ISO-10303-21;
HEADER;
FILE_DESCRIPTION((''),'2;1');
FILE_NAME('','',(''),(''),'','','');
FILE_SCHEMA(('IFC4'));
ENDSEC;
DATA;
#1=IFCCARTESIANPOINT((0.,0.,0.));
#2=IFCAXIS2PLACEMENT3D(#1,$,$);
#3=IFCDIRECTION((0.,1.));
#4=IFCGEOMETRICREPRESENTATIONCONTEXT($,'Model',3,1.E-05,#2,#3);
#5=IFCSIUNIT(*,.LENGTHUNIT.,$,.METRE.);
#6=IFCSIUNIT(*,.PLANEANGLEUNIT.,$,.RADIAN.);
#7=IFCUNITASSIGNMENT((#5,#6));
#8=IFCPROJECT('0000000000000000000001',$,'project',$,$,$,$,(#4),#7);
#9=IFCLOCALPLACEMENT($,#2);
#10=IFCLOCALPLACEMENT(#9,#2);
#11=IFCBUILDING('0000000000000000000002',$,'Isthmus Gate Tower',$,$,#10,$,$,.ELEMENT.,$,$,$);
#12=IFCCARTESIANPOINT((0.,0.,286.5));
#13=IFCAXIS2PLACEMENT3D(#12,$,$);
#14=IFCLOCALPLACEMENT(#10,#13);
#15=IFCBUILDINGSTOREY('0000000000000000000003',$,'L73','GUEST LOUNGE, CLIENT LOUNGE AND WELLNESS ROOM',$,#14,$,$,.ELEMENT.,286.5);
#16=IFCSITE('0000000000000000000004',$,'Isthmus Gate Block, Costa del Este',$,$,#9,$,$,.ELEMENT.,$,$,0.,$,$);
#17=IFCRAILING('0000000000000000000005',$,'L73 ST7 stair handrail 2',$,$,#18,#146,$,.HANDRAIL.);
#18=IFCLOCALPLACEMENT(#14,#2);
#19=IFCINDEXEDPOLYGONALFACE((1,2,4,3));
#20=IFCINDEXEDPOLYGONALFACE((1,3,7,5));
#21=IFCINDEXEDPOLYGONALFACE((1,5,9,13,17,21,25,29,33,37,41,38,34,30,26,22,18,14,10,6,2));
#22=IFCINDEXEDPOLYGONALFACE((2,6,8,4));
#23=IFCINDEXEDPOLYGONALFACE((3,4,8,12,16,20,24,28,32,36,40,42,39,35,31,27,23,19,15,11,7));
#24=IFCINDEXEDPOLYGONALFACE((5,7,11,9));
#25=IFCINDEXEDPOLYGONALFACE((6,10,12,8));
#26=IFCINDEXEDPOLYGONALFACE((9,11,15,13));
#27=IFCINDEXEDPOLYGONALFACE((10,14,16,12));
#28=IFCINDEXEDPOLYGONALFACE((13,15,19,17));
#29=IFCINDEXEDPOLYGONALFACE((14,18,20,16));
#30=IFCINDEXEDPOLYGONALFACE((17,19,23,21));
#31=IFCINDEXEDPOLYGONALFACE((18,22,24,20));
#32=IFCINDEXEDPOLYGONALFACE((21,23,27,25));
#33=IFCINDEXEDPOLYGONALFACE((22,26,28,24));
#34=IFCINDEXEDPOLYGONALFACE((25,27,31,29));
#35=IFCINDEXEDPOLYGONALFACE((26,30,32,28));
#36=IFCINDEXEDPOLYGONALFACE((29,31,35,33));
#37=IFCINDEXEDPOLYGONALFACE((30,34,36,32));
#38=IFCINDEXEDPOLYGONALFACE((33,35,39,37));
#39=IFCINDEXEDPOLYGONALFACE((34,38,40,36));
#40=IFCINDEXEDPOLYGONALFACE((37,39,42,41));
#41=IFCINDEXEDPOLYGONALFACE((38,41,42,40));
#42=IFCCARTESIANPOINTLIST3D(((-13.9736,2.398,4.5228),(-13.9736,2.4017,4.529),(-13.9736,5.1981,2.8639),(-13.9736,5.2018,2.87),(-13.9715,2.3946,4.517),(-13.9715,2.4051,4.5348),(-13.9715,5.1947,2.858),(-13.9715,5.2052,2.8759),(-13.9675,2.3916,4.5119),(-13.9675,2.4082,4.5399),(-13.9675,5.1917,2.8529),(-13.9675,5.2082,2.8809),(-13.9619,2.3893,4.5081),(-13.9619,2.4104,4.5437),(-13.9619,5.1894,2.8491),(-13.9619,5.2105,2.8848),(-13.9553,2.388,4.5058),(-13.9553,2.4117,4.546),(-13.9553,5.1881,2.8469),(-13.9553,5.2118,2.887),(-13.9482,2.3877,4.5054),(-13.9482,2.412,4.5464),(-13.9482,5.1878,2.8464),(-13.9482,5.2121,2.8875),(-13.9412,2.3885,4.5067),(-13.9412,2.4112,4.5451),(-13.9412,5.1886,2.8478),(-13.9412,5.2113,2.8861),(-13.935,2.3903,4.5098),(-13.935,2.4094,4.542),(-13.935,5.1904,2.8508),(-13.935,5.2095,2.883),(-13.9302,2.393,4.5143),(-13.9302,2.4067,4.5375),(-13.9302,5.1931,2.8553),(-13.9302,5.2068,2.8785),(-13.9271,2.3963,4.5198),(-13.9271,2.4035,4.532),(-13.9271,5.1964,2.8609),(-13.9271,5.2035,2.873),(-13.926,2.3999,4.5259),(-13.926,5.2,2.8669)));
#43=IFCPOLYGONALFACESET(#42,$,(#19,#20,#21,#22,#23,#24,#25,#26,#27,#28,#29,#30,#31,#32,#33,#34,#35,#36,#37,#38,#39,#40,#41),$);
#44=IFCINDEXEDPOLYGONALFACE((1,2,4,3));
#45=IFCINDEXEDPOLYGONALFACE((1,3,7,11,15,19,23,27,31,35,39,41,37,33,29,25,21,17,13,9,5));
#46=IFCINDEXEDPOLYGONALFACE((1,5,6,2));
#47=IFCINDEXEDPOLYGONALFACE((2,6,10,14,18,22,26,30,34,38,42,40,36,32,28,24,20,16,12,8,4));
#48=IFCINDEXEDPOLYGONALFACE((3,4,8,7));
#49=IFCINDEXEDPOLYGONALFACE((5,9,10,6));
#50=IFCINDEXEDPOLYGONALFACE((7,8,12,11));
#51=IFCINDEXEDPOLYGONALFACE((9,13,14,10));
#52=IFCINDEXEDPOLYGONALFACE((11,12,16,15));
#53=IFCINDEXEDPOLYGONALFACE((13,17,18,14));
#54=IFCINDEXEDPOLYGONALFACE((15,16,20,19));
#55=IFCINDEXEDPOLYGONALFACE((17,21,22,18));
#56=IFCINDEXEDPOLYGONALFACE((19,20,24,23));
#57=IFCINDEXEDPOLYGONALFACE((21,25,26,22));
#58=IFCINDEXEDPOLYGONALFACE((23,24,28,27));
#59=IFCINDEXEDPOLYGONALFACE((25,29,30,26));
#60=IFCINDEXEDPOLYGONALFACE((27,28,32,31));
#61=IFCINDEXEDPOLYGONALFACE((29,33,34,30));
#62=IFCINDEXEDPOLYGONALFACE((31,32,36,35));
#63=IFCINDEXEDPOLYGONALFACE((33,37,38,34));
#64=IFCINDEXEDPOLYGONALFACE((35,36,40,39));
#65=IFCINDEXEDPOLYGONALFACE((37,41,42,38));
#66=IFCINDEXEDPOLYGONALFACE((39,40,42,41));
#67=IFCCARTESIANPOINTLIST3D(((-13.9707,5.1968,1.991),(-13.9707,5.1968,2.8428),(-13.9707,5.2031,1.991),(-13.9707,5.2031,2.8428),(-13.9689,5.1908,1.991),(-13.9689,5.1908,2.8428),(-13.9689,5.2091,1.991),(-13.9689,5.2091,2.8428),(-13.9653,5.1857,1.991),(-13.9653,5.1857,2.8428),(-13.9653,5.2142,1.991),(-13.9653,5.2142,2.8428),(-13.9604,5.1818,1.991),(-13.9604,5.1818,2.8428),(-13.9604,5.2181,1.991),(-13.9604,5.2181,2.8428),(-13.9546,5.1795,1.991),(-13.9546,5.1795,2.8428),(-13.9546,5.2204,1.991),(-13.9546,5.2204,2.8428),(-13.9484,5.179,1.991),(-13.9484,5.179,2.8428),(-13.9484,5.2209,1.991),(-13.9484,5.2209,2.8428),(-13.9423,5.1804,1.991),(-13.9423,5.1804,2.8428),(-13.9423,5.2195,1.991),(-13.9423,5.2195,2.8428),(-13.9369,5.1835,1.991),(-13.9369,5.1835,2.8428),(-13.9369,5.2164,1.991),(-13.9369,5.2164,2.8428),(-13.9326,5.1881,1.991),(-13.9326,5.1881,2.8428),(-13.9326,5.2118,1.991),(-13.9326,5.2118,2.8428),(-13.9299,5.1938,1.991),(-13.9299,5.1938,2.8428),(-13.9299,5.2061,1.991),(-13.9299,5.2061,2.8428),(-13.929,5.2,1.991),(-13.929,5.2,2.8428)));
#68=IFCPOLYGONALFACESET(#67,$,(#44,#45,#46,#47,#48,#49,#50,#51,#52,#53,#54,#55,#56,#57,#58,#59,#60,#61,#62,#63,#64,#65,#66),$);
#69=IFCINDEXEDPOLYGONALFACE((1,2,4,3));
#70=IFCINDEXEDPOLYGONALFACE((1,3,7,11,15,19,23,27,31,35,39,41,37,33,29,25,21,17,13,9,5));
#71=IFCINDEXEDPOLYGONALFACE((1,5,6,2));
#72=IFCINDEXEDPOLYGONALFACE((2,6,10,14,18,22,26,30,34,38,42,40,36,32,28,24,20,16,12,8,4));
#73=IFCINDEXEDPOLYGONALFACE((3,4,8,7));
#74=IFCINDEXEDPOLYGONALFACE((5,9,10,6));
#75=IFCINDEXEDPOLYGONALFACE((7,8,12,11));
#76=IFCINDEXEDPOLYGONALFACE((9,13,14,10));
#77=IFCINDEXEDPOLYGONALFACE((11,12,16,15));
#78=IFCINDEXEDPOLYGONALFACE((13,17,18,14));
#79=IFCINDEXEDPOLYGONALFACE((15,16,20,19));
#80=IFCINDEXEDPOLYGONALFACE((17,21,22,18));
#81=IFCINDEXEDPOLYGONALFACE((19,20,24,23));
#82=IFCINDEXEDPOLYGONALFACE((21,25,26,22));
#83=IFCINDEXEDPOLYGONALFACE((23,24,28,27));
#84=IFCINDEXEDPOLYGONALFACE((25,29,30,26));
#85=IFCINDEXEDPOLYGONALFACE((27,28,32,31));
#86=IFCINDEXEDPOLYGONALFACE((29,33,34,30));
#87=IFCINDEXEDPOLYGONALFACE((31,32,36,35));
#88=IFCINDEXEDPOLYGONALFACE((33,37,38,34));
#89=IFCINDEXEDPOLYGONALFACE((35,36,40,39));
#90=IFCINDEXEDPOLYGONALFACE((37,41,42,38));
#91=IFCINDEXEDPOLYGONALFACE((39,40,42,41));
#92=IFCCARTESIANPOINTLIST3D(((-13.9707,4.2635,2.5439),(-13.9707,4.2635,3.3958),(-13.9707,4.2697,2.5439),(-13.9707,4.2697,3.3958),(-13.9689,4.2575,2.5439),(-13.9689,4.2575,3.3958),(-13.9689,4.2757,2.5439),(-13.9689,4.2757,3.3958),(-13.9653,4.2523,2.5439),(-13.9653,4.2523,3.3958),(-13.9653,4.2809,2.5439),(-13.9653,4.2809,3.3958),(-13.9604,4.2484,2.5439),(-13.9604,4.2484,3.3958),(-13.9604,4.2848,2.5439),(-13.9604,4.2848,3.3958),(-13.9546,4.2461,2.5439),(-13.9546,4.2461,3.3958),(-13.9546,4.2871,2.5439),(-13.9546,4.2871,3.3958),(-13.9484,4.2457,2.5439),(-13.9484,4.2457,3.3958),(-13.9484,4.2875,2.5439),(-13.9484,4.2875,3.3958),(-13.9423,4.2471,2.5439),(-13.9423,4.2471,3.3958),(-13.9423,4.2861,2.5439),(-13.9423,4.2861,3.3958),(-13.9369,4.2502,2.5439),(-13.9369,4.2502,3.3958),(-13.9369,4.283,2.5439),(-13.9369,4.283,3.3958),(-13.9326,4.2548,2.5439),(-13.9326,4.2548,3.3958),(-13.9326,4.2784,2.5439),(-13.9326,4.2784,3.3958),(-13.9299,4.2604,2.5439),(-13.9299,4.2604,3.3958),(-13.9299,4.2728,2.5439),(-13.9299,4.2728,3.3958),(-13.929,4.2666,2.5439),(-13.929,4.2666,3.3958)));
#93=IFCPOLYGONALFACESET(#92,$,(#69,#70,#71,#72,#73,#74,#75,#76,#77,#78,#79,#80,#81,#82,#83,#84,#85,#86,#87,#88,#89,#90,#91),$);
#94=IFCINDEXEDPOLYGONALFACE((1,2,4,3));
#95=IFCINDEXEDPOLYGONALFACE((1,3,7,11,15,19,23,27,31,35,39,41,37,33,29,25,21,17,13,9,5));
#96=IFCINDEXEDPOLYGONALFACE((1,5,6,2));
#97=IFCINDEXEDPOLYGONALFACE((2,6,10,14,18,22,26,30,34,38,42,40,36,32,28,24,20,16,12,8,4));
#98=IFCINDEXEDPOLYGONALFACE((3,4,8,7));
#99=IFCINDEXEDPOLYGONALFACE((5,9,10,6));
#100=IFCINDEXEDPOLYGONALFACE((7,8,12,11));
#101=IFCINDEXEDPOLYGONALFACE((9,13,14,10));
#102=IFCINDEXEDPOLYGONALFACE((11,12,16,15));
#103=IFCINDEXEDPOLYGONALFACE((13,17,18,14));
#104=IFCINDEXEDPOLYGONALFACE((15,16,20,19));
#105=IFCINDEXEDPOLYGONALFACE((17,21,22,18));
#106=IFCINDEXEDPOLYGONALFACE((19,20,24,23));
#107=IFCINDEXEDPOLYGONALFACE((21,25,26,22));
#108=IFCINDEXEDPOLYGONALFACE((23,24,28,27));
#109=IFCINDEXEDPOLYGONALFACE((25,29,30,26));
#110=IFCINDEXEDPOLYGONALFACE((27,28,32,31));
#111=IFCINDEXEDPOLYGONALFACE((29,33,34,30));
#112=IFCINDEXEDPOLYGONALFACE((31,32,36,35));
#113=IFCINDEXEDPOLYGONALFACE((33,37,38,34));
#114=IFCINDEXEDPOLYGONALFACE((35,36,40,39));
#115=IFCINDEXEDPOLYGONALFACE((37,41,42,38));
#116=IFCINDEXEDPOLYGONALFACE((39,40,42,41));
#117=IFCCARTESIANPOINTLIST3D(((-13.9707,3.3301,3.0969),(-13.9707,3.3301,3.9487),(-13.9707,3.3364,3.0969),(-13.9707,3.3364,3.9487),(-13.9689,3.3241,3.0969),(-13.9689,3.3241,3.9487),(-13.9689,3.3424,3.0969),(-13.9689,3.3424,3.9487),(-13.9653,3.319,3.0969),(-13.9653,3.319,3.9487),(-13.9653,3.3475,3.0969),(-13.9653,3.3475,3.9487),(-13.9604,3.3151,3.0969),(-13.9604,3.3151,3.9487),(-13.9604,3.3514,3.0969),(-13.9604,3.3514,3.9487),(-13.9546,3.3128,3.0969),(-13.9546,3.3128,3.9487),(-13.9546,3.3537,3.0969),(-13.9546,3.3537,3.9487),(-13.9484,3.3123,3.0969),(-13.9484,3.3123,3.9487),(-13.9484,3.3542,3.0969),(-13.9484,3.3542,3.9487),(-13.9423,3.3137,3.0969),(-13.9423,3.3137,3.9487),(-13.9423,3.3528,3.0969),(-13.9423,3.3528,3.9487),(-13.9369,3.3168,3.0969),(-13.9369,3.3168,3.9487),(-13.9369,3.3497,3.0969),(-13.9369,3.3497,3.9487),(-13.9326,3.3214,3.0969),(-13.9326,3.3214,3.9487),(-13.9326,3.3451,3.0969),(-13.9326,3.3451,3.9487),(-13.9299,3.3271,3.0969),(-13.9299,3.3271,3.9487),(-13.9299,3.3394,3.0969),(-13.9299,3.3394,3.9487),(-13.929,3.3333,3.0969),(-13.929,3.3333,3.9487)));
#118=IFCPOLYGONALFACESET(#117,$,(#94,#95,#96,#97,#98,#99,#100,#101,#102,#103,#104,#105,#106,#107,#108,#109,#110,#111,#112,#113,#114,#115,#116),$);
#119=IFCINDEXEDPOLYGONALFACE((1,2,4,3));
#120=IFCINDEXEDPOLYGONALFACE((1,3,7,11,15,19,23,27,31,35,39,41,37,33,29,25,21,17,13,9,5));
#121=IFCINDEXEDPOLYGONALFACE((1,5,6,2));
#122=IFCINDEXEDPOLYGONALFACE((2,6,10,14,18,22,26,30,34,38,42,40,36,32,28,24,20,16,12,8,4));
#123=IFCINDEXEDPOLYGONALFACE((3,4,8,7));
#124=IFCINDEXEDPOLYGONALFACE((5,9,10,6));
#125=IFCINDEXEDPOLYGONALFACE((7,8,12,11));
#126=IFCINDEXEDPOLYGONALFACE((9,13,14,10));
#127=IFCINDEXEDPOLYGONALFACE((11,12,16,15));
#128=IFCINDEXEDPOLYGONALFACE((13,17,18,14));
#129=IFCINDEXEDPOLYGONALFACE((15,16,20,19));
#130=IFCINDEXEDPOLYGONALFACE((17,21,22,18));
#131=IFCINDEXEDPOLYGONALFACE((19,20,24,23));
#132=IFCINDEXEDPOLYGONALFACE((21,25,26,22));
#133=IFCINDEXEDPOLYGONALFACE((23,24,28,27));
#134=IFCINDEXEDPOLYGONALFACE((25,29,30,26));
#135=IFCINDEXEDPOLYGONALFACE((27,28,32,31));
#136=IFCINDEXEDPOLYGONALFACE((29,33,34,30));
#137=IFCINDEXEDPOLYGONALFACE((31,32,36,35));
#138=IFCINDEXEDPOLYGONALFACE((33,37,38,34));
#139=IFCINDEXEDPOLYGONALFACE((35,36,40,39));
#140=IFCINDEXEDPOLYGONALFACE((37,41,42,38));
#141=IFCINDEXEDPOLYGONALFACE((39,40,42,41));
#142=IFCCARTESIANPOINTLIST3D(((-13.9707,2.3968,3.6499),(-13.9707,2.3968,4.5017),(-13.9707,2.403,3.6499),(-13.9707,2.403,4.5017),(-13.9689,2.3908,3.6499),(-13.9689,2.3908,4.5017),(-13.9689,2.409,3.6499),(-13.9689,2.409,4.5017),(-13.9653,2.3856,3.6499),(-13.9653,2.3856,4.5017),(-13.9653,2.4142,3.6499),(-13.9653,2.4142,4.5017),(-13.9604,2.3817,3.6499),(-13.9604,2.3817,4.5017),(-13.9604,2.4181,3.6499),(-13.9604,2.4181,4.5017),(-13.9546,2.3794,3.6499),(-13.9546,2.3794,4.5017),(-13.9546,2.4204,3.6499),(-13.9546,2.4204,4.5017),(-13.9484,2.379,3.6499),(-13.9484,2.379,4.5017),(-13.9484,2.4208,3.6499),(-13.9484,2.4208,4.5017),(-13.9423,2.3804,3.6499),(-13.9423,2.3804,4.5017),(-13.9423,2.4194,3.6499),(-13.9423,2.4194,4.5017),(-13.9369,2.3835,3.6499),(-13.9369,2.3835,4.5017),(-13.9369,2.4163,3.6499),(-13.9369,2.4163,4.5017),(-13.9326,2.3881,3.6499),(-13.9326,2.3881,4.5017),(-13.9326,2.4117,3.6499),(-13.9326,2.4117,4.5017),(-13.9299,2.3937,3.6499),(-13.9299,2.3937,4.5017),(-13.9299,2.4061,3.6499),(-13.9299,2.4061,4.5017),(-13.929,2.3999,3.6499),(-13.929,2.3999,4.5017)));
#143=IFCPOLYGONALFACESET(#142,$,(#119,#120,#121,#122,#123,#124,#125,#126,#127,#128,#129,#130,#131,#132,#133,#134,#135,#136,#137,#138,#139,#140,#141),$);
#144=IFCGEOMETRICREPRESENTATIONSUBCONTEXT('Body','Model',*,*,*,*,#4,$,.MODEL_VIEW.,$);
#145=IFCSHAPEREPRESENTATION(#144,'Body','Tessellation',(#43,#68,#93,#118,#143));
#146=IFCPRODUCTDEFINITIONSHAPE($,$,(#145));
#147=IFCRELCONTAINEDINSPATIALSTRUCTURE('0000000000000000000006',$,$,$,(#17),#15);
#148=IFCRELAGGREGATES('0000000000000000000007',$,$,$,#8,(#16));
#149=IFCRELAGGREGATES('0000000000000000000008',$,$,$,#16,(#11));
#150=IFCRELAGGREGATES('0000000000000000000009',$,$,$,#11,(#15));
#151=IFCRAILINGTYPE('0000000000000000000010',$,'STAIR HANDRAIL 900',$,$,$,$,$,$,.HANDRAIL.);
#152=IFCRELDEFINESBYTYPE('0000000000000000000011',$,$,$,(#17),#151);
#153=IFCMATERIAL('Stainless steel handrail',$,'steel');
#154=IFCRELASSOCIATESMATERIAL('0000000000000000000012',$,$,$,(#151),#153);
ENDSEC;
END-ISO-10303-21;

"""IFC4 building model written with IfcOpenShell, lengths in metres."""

from ifc_helpers import new_model, si_unit, direction, frame, origin, origin_2d, place, context, subcontext, project, spatial, circle, extrude, material, type_object, element, save


model = new_model("IFC4")

# Units and contexts
model_context = context("Model", 3, precision=1e-05, world=origin(), true_north=direction((0.0, 1.0)))
body_context = subcontext(model_context, "Body", "Model", "MODEL_VIEW")
ifc_project = project(units=[si_unit("LENGTHUNIT", "METRE"), si_unit("PLANEANGLEUNIT", "RADIAN")], contexts=[model_context])

# Site, building, storey
site_placement = place(None, origin())
site = spatial("IfcSite", under=ifc_project, at=site_placement, Name="Isthmus Gate Block, Costa del Este", CompositionType="ELEMENT", RefElevation=0.0)
building_placement = place(site_placement, origin())
building = spatial("IfcBuilding", under=site, at=building_placement, Name="Isthmus Gate Tower", CompositionType="ELEMENT")
storey_placement = place(building_placement, frame((0.0, 0.0, 286.5)))
storey = spatial("IfcBuildingStorey", under=building, at=storey_placement, Name="L73", Description="GUEST LOUNGE, CLIENT LOUNGE AND WELLNESS ROOM", CompositionType="ELEMENT", Elevation=286.5)

# Railing
ifc_material_1 = material(Name="Stainless steel handrail", Category="steel")
railing_type = type_object("IfcRailingType", Name="STAIR HANDRAIL 900", PredefinedType="HANDRAIL", material=ifc_material_1)
for number, where, name in (
    (1, (-13.95, 5.2, 1.991), "L73 ST7 stair handrail 2"),
):
    element("IfcRailing", number, at=place(storey_placement, frame(where)), inside=storey, type_object=railing_type, Name=name, PredefinedType="HANDRAIL", context=body_context, shape_type="SweptSolid", body=[
        extrude(circle(Radius=0.0239, at=origin_2d()), frame((0.0, 0.0, 0.876), z_axis=(0.0, -0.860339, 0.509722), x_axis=(1.0, 0.0, 0.0)), (0.0, 0.0, 1.0), 3.2546),
        extrude(circle(Radius=0.021, at=origin_2d()), origin(), (0.0, 0.0, 1.0), 0.8518),
        extrude(circle(Radius=0.021, at=origin_2d()), frame((0.0, -0.9333, 0.553)), (0.0, 0.0, 1.0), 0.8518),
        extrude(circle(Radius=0.021, at=origin_2d()), frame((0.0, -1.8667, 1.106)), (0.0, 0.0, 1.0), 0.8518),
        extrude(circle(Radius=0.021, at=origin_2d()), frame((0.0, -2.8, 1.6589)), (0.0, 0.0, 1.0), 0.8518),
    ])

save(model, "model.ifc")
